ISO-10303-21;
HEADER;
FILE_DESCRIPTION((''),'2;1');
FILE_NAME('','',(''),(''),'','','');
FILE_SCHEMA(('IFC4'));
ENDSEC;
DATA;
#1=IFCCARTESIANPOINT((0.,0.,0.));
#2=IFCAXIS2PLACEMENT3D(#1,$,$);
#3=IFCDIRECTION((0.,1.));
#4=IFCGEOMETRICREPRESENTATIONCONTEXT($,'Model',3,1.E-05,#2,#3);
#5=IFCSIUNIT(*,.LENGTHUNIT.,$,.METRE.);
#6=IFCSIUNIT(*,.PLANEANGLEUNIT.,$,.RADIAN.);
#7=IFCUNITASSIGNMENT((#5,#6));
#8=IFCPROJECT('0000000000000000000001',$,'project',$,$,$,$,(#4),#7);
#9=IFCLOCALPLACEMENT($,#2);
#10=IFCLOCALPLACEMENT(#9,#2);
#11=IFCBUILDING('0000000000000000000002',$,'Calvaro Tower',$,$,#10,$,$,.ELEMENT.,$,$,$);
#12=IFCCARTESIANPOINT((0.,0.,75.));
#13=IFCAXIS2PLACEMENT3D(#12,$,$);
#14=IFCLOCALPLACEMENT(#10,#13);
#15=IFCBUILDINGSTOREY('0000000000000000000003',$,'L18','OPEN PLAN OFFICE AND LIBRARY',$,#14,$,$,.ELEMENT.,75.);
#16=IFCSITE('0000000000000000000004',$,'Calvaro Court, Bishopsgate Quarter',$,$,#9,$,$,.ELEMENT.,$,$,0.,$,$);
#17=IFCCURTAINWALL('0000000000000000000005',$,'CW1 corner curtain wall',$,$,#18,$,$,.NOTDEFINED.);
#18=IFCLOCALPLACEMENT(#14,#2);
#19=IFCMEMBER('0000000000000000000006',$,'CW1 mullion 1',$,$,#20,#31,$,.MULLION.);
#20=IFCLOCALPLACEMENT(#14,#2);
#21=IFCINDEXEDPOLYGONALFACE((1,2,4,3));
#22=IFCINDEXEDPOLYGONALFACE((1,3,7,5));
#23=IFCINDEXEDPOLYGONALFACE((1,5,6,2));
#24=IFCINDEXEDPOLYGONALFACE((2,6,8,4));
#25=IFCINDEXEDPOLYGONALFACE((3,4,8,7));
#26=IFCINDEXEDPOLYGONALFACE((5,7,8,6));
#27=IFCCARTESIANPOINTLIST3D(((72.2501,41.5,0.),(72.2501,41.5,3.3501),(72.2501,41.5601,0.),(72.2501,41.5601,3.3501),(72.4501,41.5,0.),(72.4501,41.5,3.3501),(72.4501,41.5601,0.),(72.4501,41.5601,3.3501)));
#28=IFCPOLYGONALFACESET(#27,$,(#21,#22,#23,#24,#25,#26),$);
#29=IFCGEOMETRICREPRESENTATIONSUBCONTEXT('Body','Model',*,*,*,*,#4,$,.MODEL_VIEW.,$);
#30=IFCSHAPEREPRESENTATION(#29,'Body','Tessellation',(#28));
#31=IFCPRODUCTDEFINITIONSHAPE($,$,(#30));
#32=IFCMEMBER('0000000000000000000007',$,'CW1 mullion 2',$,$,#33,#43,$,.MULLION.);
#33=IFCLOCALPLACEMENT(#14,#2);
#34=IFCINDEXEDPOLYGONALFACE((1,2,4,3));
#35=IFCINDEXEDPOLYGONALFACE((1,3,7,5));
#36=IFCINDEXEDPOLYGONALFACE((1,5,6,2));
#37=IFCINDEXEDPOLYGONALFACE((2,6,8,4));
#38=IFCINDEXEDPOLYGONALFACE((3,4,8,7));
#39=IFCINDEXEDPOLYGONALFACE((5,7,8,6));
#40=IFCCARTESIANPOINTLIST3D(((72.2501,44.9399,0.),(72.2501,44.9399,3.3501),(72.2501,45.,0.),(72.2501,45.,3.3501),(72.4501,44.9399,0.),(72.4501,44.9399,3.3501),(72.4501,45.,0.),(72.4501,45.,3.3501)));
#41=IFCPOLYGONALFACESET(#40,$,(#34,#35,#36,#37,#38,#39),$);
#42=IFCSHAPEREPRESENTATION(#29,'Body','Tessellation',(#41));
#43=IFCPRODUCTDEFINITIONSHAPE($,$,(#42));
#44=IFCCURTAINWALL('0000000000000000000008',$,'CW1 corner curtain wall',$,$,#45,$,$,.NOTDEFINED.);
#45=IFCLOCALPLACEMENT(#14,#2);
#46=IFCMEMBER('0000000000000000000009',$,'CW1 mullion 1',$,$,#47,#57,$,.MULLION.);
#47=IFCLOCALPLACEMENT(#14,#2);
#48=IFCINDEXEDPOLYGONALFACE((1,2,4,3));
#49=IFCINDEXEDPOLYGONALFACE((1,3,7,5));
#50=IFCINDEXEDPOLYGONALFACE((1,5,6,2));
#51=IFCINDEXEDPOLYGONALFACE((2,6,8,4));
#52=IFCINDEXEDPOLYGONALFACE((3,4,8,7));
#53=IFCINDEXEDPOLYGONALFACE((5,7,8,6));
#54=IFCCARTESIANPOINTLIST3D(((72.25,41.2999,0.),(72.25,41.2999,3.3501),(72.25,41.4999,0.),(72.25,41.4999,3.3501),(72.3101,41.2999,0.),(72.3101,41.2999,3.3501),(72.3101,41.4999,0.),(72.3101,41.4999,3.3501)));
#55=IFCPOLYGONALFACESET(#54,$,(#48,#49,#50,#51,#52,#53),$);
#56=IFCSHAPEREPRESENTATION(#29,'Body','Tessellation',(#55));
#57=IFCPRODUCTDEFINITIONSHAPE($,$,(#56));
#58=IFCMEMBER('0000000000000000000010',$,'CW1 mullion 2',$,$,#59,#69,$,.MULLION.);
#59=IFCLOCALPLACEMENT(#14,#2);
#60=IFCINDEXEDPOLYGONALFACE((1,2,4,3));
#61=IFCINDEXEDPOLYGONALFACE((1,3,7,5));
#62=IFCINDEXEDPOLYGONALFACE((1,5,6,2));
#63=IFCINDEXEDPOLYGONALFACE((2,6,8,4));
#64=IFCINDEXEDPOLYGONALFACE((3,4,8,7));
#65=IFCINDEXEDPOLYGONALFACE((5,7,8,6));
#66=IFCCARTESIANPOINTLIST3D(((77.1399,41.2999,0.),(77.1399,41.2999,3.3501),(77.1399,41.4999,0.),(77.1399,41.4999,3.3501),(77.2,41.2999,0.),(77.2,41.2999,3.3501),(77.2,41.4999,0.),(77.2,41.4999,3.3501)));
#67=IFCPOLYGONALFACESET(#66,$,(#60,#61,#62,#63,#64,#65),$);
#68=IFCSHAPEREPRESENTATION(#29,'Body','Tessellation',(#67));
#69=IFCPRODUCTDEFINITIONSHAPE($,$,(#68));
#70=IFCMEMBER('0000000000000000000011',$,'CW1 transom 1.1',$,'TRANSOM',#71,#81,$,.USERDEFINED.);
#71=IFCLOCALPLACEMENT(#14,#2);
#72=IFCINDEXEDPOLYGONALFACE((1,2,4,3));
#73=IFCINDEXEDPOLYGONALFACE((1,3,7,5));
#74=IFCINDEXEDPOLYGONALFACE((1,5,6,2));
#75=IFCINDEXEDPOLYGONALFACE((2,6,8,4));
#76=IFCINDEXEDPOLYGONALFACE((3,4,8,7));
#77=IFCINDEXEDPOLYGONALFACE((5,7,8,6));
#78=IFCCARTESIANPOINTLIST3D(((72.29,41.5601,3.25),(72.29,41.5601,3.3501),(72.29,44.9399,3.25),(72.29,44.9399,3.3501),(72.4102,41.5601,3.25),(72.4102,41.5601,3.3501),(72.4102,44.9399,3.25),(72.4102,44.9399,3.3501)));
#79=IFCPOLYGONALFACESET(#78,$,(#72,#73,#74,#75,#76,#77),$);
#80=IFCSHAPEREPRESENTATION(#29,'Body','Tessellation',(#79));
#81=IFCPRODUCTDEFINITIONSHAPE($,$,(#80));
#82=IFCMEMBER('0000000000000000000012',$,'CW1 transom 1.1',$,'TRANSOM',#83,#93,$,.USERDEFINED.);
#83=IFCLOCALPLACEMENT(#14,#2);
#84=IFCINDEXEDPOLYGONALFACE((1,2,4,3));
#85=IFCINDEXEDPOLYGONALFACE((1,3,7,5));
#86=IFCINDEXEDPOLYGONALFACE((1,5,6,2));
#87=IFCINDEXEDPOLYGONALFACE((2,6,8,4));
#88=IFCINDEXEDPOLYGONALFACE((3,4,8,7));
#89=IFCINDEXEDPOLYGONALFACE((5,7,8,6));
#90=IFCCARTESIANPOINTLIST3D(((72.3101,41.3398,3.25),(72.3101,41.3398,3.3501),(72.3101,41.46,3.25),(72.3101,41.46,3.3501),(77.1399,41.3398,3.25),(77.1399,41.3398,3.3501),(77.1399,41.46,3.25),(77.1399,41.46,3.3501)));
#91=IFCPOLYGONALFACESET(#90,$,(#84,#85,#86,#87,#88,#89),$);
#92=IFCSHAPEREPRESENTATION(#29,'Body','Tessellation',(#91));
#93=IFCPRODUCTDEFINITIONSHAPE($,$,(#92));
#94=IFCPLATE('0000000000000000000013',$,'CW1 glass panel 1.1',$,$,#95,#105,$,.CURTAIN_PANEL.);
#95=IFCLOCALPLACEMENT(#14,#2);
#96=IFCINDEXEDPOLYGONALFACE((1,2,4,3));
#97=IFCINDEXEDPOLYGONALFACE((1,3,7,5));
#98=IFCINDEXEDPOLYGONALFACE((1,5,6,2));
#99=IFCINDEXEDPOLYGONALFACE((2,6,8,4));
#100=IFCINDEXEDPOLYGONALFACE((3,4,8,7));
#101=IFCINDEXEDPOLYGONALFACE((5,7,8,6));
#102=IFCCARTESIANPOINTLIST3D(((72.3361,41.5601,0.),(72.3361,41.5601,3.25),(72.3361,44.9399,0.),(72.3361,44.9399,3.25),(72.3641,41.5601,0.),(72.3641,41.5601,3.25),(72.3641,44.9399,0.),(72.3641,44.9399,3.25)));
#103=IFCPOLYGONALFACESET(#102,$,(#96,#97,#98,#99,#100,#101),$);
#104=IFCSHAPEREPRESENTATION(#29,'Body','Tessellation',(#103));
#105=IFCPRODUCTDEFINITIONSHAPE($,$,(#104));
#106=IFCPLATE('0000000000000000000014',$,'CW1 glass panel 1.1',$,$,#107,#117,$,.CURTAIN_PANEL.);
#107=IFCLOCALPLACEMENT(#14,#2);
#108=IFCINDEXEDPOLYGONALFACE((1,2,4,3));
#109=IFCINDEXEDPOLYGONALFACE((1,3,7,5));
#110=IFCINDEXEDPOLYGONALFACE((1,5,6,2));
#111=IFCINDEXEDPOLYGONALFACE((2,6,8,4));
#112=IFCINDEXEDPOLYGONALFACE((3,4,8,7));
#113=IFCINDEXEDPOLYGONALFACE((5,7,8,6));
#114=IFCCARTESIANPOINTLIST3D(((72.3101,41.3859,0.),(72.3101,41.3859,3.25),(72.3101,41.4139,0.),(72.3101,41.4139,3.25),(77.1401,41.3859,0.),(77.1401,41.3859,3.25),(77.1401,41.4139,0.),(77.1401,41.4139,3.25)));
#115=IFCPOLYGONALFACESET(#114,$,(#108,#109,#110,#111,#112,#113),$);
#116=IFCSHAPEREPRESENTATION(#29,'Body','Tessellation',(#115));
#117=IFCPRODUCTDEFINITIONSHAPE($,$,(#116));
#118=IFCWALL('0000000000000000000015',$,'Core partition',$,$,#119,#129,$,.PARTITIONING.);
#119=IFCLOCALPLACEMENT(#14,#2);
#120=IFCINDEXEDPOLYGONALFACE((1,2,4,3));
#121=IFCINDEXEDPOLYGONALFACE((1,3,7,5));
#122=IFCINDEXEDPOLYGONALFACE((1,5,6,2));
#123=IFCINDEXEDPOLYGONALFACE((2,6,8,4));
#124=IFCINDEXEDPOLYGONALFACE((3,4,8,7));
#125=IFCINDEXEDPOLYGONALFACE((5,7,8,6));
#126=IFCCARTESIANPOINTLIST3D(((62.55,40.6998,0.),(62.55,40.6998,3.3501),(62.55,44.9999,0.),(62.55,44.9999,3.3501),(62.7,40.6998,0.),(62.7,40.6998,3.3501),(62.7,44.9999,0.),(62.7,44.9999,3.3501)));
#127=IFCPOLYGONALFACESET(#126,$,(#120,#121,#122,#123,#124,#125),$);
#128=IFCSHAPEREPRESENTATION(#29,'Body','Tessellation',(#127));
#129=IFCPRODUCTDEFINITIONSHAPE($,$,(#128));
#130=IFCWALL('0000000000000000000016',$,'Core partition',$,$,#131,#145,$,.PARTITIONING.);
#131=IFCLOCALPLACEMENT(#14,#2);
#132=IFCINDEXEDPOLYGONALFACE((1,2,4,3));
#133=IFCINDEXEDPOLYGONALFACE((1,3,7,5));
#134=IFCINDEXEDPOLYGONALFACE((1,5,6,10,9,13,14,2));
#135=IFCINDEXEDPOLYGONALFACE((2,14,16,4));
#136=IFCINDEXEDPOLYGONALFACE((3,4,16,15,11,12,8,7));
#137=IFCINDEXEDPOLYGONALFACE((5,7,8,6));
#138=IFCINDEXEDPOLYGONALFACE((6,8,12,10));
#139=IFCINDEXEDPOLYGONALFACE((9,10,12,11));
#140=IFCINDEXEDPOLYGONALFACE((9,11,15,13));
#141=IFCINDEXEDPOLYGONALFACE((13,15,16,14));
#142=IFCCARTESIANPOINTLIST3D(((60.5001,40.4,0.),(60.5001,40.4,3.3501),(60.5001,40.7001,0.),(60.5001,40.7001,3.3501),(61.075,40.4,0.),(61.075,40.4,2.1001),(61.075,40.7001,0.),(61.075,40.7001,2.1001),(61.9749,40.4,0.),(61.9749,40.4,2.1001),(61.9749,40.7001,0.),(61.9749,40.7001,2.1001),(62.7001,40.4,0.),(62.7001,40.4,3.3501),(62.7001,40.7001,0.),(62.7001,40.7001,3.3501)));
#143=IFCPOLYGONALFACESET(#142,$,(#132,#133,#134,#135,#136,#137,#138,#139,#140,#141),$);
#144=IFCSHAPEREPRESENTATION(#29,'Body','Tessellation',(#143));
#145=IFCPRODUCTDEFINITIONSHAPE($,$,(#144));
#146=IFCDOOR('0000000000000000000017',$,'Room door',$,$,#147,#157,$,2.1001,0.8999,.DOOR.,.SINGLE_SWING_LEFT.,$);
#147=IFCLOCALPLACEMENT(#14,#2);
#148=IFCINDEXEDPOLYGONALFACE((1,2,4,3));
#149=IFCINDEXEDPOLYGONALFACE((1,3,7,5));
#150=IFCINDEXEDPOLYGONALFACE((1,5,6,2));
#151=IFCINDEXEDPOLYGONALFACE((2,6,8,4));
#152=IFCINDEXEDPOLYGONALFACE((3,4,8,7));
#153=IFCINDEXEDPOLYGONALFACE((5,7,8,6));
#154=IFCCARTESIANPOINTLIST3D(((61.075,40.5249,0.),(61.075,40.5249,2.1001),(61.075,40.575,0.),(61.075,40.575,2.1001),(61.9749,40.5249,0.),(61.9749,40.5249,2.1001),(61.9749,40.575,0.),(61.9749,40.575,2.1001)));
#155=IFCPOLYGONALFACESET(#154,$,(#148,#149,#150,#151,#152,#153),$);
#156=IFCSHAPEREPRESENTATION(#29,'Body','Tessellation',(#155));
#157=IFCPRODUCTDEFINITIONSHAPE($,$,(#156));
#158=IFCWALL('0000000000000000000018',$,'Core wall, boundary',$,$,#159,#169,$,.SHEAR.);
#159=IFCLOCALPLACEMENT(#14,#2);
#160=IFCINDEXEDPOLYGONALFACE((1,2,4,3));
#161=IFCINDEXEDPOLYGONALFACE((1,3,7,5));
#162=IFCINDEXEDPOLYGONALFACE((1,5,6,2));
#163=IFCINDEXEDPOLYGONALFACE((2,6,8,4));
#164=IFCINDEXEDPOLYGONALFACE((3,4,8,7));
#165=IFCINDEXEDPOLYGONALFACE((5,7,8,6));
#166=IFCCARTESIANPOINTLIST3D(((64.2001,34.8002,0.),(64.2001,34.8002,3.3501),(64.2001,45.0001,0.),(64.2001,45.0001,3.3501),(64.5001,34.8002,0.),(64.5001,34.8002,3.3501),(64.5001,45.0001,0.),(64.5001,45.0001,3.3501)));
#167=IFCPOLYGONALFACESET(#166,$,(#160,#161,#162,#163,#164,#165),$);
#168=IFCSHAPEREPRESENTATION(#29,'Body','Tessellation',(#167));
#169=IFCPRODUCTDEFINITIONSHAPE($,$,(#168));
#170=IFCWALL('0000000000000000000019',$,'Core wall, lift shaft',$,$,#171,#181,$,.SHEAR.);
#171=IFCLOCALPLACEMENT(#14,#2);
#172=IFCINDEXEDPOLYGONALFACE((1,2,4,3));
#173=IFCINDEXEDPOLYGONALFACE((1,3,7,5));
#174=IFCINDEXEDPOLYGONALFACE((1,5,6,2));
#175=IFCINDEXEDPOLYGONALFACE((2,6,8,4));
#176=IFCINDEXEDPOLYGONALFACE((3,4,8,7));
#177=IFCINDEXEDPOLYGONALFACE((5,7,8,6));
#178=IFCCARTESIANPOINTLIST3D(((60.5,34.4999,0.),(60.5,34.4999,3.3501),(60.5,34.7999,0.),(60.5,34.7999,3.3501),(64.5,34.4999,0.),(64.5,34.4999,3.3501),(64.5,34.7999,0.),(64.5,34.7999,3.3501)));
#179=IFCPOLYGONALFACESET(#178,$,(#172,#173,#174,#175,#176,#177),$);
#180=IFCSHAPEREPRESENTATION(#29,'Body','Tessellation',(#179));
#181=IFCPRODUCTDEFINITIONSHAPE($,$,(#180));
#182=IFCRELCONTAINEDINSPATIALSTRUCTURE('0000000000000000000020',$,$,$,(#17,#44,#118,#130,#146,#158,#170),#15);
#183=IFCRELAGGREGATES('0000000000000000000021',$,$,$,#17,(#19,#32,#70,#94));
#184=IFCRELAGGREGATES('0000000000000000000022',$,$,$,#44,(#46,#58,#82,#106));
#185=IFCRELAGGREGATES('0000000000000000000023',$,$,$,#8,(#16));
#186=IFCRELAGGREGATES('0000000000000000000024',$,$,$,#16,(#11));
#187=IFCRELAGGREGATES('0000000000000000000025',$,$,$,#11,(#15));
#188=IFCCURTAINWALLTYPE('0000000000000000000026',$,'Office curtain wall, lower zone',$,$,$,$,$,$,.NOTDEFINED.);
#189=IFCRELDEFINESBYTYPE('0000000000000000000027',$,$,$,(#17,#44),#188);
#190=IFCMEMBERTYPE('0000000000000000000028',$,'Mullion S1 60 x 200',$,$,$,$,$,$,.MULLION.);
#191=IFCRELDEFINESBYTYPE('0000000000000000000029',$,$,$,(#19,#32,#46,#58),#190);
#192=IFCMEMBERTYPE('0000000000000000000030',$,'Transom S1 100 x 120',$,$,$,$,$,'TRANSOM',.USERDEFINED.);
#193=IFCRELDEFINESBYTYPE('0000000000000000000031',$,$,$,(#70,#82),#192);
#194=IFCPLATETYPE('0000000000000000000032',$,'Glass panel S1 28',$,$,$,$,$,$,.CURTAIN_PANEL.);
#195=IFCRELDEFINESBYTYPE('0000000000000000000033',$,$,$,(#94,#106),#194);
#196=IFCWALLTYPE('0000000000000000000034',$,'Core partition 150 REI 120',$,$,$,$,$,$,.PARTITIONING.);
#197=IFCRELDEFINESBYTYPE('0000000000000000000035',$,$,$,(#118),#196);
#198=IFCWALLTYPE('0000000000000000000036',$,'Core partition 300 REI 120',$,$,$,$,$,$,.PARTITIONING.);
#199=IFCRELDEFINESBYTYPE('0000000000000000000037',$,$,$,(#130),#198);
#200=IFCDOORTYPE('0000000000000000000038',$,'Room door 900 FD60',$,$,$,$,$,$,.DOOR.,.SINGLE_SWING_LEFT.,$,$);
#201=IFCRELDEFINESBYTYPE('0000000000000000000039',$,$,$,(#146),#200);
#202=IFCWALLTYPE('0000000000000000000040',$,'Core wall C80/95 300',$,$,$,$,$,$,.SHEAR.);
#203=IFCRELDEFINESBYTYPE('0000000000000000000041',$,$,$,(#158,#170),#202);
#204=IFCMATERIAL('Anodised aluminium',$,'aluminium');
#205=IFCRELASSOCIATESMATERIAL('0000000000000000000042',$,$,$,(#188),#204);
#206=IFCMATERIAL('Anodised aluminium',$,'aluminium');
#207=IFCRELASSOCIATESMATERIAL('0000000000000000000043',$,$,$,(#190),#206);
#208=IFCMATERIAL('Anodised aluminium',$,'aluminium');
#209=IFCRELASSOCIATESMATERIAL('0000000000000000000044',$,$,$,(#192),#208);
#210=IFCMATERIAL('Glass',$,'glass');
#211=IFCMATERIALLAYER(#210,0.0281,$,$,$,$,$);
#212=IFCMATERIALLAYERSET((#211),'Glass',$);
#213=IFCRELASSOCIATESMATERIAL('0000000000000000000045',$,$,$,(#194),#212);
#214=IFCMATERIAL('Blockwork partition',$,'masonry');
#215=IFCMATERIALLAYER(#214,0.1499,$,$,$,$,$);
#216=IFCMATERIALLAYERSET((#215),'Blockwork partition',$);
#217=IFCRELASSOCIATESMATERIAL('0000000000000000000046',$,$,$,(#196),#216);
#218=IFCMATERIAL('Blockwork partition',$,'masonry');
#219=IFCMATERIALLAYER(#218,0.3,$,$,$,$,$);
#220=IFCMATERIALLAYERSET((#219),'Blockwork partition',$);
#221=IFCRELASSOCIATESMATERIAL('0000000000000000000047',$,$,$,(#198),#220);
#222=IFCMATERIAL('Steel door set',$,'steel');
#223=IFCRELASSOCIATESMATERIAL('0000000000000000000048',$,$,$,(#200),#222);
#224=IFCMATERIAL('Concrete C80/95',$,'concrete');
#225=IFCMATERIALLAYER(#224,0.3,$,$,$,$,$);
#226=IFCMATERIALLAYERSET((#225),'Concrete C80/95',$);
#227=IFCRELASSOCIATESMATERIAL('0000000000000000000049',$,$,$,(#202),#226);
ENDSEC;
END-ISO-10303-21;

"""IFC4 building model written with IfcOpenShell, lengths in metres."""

from ifc_helpers import new_model, si_unit, direction, frame, frame_2d, origin, origin_2d, place, context, subcontext, project, spatial, rectangle, extrude, material, layer, layer_set, material_profile, profile_set, type_object, element, fill, aggregate, save


model = new_model("IFC4")

# Units and contexts
model_context = context("Model", 3, precision=1e-05, world=origin(), true_north=direction((0.0, 1.0)))
body_context = subcontext(model_context, "Body", "Model", "MODEL_VIEW")
ifc_project = project(units=[si_unit("LENGTHUNIT", "METRE"), si_unit("PLANEANGLEUNIT", "RADIAN")], contexts=[model_context])

# Site, building, storey
site_placement = place(None, origin())
site = spatial("IfcSite", under=ifc_project, at=site_placement, Name="Calvaro Court, Bishopsgate Quarter", CompositionType="ELEMENT", RefElevation=0.0)
building_placement = place(site_placement, origin())
building = spatial("IfcBuilding", under=site, at=building_placement, Name="Calvaro Tower", CompositionType="ELEMENT")
storey_placement = place(building_placement, frame((0.0, 0.0, 75.0)))
storey = spatial("IfcBuildingStorey", under=building, at=storey_placement, Name="L18", Description="OPEN PLAN OFFICE AND LIBRARY", CompositionType="ELEMENT", Elevation=75.0)

# Curtain walls, members
ifc_material_1 = material(Name="Anodised aluminium", Category="aluminium")
curtain_wall_type = type_object("IfcCurtainWallType", Name="Office curtain wall, lower zone", PredefinedType="NOTDEFINED", material=ifc_material_1)
curtain_wall_1_placement = place(storey_placement, origin())
curtain_wall_1 = element("IfcCurtainWall", 1, at=curtain_wall_1_placement, inside=storey, type_object=curtain_wall_type, Name="CW1 corner curtain wall", PredefinedType="NOTDEFINED")
ifc_material_2 = material(Name="Anodised aluminium", Category="aluminium")
ifc_material_profile_1 = material_profile(ifc_material_2, rectangle(XDim=0.2, YDim=0.0601, at=origin_2d()), Name="Mullion S1 60 x 200")
ifc_profile_set_1 = profile_set([ifc_material_profile_1], Name="Anodised aluminium")
member_type_1 = type_object("IfcMemberType", Name="Mullion S1 60 x 200", PredefinedType="MULLION", material=ifc_profile_set_1)
member_1_placement = place(storey_placement, frame((72.3501, 41.53, 0.0), z_axis=(0.0, 0.0, 1.0), x_axis=(-1.0, 0.0, 0.0)))
member_1 = element("IfcMember", 2, at=member_1_placement, type_object=member_type_1, Name="CW1 mullion 1", PredefinedType="MULLION", context=body_context, shape_type="SweptSolid", body=[
    extrude(rectangle(XDim=0.2, YDim=0.0601, at=origin_2d()), origin(), (0.0, 0.0, 1.0), 3.3501),
])
member_2_placement = place(storey_placement, frame((72.3501, 44.97, 0.0), z_axis=(0.0, 0.0, 1.0), x_axis=(-1.0, 0.0, 0.0)))
member_2 = element("IfcMember", 3, at=member_2_placement, type_object=member_type_1, Name="CW1 mullion 2", PredefinedType="MULLION", context=body_context, shape_type="SweptSolid", body=[
    extrude(rectangle(XDim=0.2, YDim=0.0601, at=origin_2d()), origin(), (0.0, 0.0, 1.0), 3.3501),
])
curtain_wall_2_placement = place(storey_placement, origin())
curtain_wall_2 = element("IfcCurtainWall", 4, at=curtain_wall_2_placement, inside=storey, type_object=curtain_wall_type, Name="CW1 corner curtain wall", PredefinedType="NOTDEFINED")
member_3_placement = place(storey_placement, frame((72.28, 41.3999, 0.0), z_axis=(0.0, 0.0, 1.0), x_axis=(0.0, 1.0, 0.0)))
member_3 = element("IfcMember", 5, at=member_3_placement, type_object=member_type_1, Name="CW1 mullion 1", PredefinedType="MULLION", context=body_context, shape_type="SweptSolid", body=[
    extrude(rectangle(XDim=0.2, YDim=0.0601, at=origin_2d()), origin(), (0.0, 0.0, 1.0), 3.3501),
])
member_4_placement = place(storey_placement, frame((77.1699, 41.3999, 0.0), z_axis=(0.0, 0.0, 1.0), x_axis=(0.0, 1.0, 0.0)))
member_4 = element("IfcMember", 6, at=member_4_placement, type_object=member_type_1, Name="CW1 mullion 2", PredefinedType="MULLION", context=body_context, shape_type="SweptSolid", body=[
    extrude(rectangle(XDim=0.2, YDim=0.0601, at=origin_2d()), origin(), (0.0, 0.0, 1.0), 3.3501),
])

# Members
ifc_material_3 = material(Name="Anodised aluminium", Category="aluminium")
ifc_material_profile_2 = material_profile(ifc_material_3, rectangle(XDim=0.1201, YDim=0.1001, at=origin_2d()), Name="Transom S1 100 x 120")
ifc_profile_set_2 = profile_set([ifc_material_profile_2], Name="Anodised aluminium")
member_type_2 = type_object("IfcMemberType", Name="Transom S1 100 x 120", ElementType="TRANSOM", PredefinedType="USERDEFINED", material=ifc_profile_set_2)
member_5_placement = place(storey_placement, frame((72.3501, 41.5601, 3.3), z_axis=(0.0, 1.0, 0.0), x_axis=(-1.0, 0.0, 0.0)))
member_5 = element("IfcMember", 7, at=member_5_placement, type_object=member_type_2, Name="CW1 transom 1.1", ObjectType="TRANSOM", PredefinedType="USERDEFINED", context=body_context, shape_type="SweptSolid", body=[
    extrude(rectangle(XDim=0.1201, YDim=0.1001, at=origin_2d()), origin(), (0.0, 0.0, 1.0), 3.3799),
])
member_6_placement = place(storey_placement, frame((72.3101, 41.3999, 3.3), z_axis=(1.0, 0.0, 0.0), x_axis=(0.0, 1.0, 0.0)))
member_6 = element("IfcMember", 8, at=member_6_placement, type_object=member_type_2, Name="CW1 transom 1.1", ObjectType="TRANSOM", PredefinedType="USERDEFINED", context=body_context, shape_type="SweptSolid", body=[
    extrude(rectangle(XDim=0.1201, YDim=0.1001, at=origin_2d()), origin(), (0.0, 0.0, 1.0), 4.8298),
])

# Plates
ifc_material_4 = material(Name="Glass", Category="glass")
ifc_layer_1 = layer(ifc_material_4, 0.0281)
ifc_layer_set_1 = layer_set([ifc_layer_1], Name="Glass")
plate_type = type_object("IfcPlateType", Name="Glass panel S1 28", PredefinedType="CURTAIN_PANEL", material=ifc_layer_set_1)
plate_1_placement = place(storey_placement, frame((72.3501, 43.25, 0.0), z_axis=(0.0, 0.0, 1.0), x_axis=(0.0, 1.0, 0.0)))
plate_1 = element("IfcPlate", 9, at=plate_1_placement, type_object=plate_type, Name="CW1 glass panel 1.1", PredefinedType="CURTAIN_PANEL", context=body_context, shape_type="SweptSolid", body=[
    extrude(rectangle(XDim=3.3799, YDim=0.0281, at=origin_2d()), origin(), (0.0, 0.0, 1.0), 3.25),
])
aggregate(curtain_wall_1, [member_1, member_2, member_5, plate_1])
plate_2_placement = place(storey_placement, frame((74.7251, 41.3999, 0.0), z_axis=(0.0, 0.0, 1.0), x_axis=(1.0, 0.0, 0.0)))
plate_2 = element("IfcPlate", 10, at=plate_2_placement, type_object=plate_type, Name="CW1 glass panel 1.1", PredefinedType="CURTAIN_PANEL", context=body_context, shape_type="SweptSolid", body=[
    extrude(rectangle(XDim=4.8301, YDim=0.0281, at=origin_2d()), origin(), (0.0, 0.0, 1.0), 3.25),
])
aggregate(curtain_wall_2, [member_3, member_4, member_6, plate_2])

# Wall
ifc_material_5 = material(Name="Blockwork partition", Category="masonry")
ifc_layer_2 = layer(ifc_material_5, 0.1499)
ifc_layer_set_2 = layer_set([ifc_layer_2], Name="Blockwork partition")
wall_type_1 = type_object("IfcWallType", Name="Core partition 150 REI 120", PredefinedType="PARTITIONING", material=ifc_layer_set_2)
wall_1_placement = place(storey_placement, frame((62.625, 40.7, 0.0), z_axis=(0.0, 0.0, 1.0), x_axis=(0.0, 1.0, 0.0)))
element("IfcWall", 11, at=wall_1_placement, inside=storey, type_object=wall_type_1, Name="Core partition", PredefinedType="PARTITIONING", context=body_context, shape_type="SweptSolid", body=[
    extrude(rectangle(XDim=4.3, YDim=0.1499, at=frame_2d((2.1499, 0.0))), origin(), (0.0, 0.0, 1.0), 3.3501),
])

# Wall, opening, door
ifc_material_6 = material(Name="Blockwork partition", Category="masonry")
ifc_layer_3 = layer(ifc_material_6, 0.3)
ifc_layer_set_3 = layer_set([ifc_layer_3], Name="Blockwork partition")
wall_type_2 = type_object("IfcWallType", Name="Core partition 300 REI 120", PredefinedType="PARTITIONING", material=ifc_layer_set_3)
wall_2_placement = place(storey_placement, frame((60.5, 40.55, 0.0), z_axis=(0.0, 0.0, 1.0), x_axis=(1.0, 0.0, 0.0)))
wall_2 = element("IfcWall", 12, at=wall_2_placement, inside=storey, type_object=wall_type_2, Name="Core partition", PredefinedType="PARTITIONING", context=body_context, shape_type="SweptSolid", body=[
    extrude(rectangle(XDim=2.2, YDim=0.3, at=frame_2d((1.1001, 0.0))), origin(), (0.0, 0.0, 1.0), 3.3501),
])
opening_1_placement = place(wall_2_placement, frame((0.575, 0.0, 0.0)))
opening_1 = element("IfcOpeningElement", 13, at=opening_1_placement, cuts=wall_2, PredefinedType="OPENING", context=body_context, shape_type="SweptSolid", body=[
    extrude(rectangle(XDim=0.8999, YDim=2.1001, at=frame_2d((0.45, 1.05))), frame((0.0, 0.1599, 0.0), z_axis=(0.0, -1.0, 0.0), x_axis=(1.0, 0.0, 0.0)), (0.0, 0.0, 1.0), 0.3201),
])
ifc_material_7 = material(Name="Steel door set", Category="steel")
door_type_1 = type_object("IfcDoorType", Name="Room door 900 FD60", OperationType="SINGLE_SWING_LEFT", PredefinedType="DOOR", material=ifc_material_7)
door_1_placement = place(opening_1_placement, origin())
door_1 = element("IfcDoor", 14, at=door_1_placement, inside=storey, type_object=door_type_1, Name="Room door", OperationType="SINGLE_SWING_LEFT", OverallHeight=2.1001, OverallWidth=0.8999, PredefinedType="DOOR", context=body_context, shape_type="SweptSolid", body=[
    extrude(rectangle(XDim=0.8999, YDim=2.1001, at=frame_2d((0.45, 1.05))), frame((0.0, 0.0249, 0.0), z_axis=(0.0, -1.0, 0.0), x_axis=(1.0, 0.0, 0.0)), (0.0, 0.0, 1.0), 0.05),
])
fill(opening_1, door_1)

# Walls
ifc_material_8 = material(Name="Concrete C80/95", Category="concrete")
ifc_layer_4 = layer(ifc_material_8, 0.3)
ifc_layer_set_4 = layer_set([ifc_layer_4], Name="Concrete C80/95")
wall_type_3 = type_object("IfcWallType", Name="Core wall C80/95 300", PredefinedType="SHEAR", material=ifc_layer_set_4)
wall_3_placement = place(storey_placement, frame((64.3501, 34.8, 0.0), z_axis=(0.0, 0.0, 1.0), x_axis=(0.0, 1.0, 0.0)))
element("IfcWall", 15, at=wall_3_placement, inside=storey, type_object=wall_type_3, Name="Core wall, boundary", PredefinedType="SHEAR", context=body_context, shape_type="SweptSolid", body=[
    extrude(rectangle(XDim=10.2, YDim=0.3, at=frame_2d((5.1001, 0.0))), origin(), (0.0, 0.0, 1.0), 3.3501),
])
wall_4_placement = place(storey_placement, frame((60.5, 34.6499, 0.0), z_axis=(0.0, 0.0, 1.0), x_axis=(1.0, 0.0, 0.0)))
element("IfcWall", 16, at=wall_4_placement, inside=storey, type_object=wall_type_3, Name="Core wall, lift shaft", PredefinedType="SHEAR", context=body_context, shape_type="SweptSolid", body=[
    extrude(rectangle(XDim=4.0, YDim=0.3, at=frame_2d((2.0, 0.0))), origin(), (0.0, 0.0, 1.0), 3.3501),
])

save(model, "model.ifc")
